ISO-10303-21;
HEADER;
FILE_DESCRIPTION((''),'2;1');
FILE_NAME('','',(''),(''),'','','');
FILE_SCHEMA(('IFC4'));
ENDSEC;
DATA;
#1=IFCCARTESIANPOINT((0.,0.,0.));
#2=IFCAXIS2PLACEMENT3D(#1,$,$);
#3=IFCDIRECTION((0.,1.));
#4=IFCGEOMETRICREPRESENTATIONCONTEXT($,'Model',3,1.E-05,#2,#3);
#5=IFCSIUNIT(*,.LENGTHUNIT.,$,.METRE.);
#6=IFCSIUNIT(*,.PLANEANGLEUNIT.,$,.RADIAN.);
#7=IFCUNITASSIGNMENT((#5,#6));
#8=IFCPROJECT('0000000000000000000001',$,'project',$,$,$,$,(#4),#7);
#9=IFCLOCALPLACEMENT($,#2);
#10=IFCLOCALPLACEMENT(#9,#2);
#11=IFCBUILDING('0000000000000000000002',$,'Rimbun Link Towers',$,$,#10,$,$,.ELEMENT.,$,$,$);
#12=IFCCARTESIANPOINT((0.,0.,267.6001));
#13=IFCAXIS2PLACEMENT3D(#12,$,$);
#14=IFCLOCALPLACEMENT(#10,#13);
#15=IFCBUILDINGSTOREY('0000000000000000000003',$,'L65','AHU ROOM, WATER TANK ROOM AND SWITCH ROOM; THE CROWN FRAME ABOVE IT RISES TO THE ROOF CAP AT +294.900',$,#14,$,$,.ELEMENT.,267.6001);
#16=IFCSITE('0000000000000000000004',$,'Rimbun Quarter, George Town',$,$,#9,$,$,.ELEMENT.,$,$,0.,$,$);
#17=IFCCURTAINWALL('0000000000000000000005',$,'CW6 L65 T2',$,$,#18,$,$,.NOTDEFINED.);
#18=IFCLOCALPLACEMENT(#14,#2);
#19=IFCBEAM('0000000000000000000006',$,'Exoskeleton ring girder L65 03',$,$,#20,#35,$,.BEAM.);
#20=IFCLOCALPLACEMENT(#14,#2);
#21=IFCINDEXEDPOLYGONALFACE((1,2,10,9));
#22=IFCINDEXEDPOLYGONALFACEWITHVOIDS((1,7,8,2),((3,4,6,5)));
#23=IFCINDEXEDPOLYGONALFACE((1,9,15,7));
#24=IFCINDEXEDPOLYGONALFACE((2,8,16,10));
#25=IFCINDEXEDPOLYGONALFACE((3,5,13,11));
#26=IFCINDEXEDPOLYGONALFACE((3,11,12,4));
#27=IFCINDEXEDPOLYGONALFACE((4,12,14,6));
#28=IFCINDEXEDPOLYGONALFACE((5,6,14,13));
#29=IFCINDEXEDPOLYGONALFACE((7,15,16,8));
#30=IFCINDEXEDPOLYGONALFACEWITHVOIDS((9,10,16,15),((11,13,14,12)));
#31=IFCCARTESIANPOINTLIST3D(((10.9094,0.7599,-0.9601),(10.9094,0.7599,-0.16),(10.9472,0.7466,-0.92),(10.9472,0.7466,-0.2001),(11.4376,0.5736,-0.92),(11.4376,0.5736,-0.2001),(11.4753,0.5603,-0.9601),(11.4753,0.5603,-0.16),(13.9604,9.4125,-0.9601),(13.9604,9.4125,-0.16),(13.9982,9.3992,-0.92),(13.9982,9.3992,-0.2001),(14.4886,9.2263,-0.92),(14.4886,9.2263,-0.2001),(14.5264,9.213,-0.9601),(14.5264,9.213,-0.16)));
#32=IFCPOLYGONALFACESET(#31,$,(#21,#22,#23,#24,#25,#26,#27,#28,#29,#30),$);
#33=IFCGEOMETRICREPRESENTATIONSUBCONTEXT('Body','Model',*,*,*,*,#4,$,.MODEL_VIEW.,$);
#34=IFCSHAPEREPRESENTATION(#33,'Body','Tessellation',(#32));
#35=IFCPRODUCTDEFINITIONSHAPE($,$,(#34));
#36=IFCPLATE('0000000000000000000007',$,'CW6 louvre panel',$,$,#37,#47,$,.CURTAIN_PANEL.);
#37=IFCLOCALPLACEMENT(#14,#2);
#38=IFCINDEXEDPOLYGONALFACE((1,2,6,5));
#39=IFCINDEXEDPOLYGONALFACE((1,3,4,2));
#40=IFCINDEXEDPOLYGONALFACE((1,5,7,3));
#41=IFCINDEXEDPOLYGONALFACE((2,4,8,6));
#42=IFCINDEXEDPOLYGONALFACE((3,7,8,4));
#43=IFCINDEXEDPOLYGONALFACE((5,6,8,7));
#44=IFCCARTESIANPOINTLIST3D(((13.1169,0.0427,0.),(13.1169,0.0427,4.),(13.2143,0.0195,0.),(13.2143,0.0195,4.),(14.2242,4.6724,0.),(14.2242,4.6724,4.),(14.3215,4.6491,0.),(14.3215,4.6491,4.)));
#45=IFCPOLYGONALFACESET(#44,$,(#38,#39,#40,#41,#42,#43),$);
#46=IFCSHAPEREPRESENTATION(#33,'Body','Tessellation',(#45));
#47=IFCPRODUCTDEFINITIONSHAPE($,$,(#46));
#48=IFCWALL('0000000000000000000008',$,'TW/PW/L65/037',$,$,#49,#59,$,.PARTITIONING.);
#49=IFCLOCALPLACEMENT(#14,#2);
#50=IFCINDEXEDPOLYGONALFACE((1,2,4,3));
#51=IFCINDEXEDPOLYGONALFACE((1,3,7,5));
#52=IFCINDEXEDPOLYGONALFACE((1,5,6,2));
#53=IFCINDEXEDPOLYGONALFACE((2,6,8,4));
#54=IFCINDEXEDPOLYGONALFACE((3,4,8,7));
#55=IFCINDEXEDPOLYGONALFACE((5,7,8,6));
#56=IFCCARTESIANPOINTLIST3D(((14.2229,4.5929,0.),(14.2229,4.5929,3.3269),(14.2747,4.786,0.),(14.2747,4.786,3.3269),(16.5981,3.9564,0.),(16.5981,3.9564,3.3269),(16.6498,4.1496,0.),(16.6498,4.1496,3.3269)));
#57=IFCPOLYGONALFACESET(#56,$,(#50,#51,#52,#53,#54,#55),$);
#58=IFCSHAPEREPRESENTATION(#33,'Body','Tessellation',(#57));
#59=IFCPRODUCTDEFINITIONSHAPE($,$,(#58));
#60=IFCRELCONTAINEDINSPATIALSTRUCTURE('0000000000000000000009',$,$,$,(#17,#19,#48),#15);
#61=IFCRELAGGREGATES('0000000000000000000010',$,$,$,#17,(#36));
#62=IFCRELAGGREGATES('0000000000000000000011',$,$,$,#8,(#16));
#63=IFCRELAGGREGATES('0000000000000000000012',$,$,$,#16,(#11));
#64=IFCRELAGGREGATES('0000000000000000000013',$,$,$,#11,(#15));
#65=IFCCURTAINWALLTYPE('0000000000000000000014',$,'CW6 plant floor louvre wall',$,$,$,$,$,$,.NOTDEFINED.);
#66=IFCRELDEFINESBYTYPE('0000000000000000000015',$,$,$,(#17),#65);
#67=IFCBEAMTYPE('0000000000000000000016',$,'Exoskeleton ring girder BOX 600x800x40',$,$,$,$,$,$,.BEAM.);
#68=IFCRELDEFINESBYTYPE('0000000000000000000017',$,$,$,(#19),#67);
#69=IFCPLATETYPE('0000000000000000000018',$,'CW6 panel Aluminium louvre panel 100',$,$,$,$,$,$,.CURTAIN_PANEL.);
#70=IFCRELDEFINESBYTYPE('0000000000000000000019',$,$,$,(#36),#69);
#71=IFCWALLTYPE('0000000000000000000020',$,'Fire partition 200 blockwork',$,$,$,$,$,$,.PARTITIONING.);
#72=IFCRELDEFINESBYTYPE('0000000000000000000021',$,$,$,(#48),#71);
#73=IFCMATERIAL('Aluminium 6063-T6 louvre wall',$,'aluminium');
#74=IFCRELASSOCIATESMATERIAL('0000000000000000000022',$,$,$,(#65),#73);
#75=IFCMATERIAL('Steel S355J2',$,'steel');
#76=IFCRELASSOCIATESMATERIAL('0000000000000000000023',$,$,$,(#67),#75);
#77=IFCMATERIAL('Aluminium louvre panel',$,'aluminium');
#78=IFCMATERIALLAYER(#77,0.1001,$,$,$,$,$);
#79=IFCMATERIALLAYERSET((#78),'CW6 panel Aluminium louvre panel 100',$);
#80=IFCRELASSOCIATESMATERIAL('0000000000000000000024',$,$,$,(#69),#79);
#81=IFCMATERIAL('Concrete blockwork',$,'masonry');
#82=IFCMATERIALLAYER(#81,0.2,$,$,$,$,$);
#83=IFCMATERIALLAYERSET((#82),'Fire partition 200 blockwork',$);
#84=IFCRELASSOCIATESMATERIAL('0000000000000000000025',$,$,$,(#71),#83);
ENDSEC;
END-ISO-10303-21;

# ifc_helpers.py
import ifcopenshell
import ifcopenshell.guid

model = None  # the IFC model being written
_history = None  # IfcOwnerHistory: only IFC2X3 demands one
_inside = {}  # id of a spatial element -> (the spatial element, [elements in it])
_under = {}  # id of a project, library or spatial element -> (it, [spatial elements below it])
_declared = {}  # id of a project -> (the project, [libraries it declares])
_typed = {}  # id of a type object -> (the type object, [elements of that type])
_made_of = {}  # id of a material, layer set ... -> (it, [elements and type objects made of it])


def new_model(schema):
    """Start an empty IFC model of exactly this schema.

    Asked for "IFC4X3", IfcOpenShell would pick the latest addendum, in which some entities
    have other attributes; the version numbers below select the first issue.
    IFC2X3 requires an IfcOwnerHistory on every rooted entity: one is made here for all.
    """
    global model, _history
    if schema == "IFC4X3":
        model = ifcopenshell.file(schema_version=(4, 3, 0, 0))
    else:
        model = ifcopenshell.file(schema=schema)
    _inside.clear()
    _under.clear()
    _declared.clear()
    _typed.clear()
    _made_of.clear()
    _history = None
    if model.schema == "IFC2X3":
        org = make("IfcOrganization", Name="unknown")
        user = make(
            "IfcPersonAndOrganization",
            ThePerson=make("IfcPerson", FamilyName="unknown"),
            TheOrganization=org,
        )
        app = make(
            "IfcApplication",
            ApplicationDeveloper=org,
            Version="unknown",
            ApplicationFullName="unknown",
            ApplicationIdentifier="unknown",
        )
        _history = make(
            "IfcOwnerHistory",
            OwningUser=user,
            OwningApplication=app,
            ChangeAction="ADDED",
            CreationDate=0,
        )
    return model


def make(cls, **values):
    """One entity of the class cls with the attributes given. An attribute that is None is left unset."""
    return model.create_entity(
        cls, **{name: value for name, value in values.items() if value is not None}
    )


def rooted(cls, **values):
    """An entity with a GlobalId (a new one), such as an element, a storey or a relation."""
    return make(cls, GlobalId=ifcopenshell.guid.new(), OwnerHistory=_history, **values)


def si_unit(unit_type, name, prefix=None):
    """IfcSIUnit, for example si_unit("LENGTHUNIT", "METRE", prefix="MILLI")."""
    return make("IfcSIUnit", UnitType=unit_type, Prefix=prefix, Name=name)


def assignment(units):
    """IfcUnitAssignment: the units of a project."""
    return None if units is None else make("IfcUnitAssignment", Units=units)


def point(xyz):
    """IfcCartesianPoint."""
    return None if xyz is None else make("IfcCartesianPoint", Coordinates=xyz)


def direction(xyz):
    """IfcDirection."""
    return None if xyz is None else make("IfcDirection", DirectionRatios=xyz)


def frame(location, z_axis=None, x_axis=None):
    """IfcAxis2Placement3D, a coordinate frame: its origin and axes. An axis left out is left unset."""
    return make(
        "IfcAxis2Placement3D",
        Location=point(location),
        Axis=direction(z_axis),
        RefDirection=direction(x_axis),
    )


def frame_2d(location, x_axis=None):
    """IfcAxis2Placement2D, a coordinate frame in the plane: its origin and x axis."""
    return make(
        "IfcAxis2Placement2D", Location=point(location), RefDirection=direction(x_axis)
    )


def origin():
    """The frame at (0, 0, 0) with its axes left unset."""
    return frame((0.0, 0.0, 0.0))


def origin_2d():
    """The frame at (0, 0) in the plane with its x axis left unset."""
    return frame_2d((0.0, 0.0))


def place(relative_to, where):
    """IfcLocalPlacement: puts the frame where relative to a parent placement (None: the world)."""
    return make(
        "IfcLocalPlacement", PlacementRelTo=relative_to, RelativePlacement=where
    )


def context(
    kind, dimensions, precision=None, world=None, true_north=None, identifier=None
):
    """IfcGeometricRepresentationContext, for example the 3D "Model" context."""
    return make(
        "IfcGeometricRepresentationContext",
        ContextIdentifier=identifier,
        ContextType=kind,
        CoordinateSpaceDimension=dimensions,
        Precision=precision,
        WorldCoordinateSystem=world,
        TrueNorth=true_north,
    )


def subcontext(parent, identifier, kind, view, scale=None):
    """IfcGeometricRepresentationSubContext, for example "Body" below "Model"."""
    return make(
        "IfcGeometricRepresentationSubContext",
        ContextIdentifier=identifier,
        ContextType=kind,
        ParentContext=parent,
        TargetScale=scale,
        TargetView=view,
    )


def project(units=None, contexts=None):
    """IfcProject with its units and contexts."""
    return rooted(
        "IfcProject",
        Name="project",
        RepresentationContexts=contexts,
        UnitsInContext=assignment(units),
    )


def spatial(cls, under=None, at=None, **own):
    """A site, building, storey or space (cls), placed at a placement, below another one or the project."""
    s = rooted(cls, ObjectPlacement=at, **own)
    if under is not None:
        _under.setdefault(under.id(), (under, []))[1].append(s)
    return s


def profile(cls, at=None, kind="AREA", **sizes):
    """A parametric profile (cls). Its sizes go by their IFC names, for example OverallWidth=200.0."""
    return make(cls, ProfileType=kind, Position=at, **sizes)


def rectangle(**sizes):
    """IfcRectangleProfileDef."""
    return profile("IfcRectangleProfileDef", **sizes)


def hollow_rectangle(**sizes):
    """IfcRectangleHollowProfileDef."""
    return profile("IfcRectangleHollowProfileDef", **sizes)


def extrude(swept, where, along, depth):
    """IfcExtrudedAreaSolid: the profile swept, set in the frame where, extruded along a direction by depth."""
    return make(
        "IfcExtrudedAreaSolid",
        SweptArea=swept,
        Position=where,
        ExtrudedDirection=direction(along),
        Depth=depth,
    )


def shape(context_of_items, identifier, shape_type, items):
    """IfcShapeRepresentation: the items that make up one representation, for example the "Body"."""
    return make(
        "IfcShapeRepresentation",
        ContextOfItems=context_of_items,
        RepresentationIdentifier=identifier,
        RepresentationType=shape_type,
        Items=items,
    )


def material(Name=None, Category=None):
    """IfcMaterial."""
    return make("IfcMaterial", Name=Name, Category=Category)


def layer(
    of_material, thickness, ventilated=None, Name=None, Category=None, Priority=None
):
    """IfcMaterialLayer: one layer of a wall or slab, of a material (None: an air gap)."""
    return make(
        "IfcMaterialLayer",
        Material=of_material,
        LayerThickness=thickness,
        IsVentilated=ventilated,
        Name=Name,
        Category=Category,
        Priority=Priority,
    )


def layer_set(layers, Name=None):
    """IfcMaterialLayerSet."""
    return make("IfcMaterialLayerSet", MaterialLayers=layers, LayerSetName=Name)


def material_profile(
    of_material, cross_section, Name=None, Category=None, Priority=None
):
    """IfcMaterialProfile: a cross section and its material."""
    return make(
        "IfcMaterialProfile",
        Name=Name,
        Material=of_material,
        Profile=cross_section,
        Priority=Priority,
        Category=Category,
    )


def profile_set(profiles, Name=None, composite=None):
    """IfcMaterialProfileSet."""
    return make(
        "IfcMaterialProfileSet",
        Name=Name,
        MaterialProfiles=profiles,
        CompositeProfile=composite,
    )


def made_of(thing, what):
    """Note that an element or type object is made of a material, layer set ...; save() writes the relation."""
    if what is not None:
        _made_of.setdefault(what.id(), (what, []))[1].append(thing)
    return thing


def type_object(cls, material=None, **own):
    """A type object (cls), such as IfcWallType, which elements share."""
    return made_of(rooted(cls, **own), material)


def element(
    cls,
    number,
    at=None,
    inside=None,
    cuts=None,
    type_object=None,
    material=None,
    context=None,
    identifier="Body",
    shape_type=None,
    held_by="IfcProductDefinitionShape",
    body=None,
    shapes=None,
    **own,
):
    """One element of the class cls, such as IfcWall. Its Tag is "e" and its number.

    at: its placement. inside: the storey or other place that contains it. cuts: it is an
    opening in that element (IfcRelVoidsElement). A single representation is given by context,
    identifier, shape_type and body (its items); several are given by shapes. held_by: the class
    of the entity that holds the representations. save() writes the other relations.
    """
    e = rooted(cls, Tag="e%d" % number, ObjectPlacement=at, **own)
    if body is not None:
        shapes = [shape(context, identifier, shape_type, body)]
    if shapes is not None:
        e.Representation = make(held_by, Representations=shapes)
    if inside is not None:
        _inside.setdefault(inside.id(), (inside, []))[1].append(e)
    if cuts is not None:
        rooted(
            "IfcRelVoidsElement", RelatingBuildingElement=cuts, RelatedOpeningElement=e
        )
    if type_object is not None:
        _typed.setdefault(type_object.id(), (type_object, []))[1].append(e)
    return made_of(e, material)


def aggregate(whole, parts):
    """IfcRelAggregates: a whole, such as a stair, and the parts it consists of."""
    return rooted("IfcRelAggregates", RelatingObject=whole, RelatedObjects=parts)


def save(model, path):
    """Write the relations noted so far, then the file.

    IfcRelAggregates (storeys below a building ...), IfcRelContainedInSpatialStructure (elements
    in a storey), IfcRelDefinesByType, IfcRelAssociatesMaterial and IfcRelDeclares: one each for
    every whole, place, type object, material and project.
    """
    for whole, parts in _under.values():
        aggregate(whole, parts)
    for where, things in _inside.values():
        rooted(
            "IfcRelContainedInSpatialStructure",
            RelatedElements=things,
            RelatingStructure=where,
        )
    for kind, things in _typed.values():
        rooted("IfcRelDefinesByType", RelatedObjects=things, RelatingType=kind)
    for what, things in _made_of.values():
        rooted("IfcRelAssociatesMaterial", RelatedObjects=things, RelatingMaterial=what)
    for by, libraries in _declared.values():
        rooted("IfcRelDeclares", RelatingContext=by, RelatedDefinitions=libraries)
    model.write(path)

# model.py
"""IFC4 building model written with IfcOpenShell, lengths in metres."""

from ifc_helpers import new_model, si_unit, direction, frame, frame_2d, origin, origin_2d, place, context, subcontext, project, spatial, rectangle, hollow_rectangle, extrude, material, layer, layer_set, material_profile, profile_set, type_object, element, aggregate, save


model = new_model("IFC4")

# Units and contexts
model_context = context("Model", 3, precision=1e-05, world=origin(), true_north=direction((0.0, 1.0)))
body_context = subcontext(model_context, "Body", "Model", "MODEL_VIEW")
ifc_project = project(units=[si_unit("LENGTHUNIT", "METRE"), si_unit("PLANEANGLEUNIT", "RADIAN")], contexts=[model_context])

# Site, building, storey
site_placement = place(None, origin())
site = spatial("IfcSite", under=ifc_project, at=site_placement, Name="Rimbun Quarter, George Town", CompositionType="ELEMENT", RefElevation=0.0)
building_placement = place(site_placement, origin())
building = spatial("IfcBuilding", under=site, at=building_placement, Name="Rimbun Link Towers", CompositionType="ELEMENT")
storey_placement = place(building_placement, frame((0.0, 0.0, 267.6001)))
storey = spatial("IfcBuildingStorey", under=building, at=storey_placement, Name="L65", Description="AHU ROOM, WATER TANK ROOM AND SWITCH ROOM; THE CROWN FRAME ABOVE IT RISES TO THE ROOF CAP AT +294.900", CompositionType="ELEMENT", Elevation=267.6001)

# Curtain wall
ifc_material_1 = material(Name="Aluminium 6063-T6 louvre wall", Category="aluminium")
curtain_wall_type = type_object("IfcCurtainWallType", Name="CW6 plant floor louvre wall", PredefinedType="NOTDEFINED", material=ifc_material_1)
curtain_wall_placement = place(storey_placement, origin())
curtain_wall = element("IfcCurtainWall", 1, at=curtain_wall_placement, inside=storey, type_object=curtain_wall_type, Name="CW6 L65 T2", PredefinedType="NOTDEFINED")

# Beam
ifc_material_2 = material(Name="Steel S355J2", Category="steel")
ifc_material_profile_1 = material_profile(ifc_material_2, hollow_rectangle(XDim=0.6001, YDim=0.8, WallThickness=0.04, at=origin_2d()), Name="Exoskeleton ring girder BOX 600x800x40")
ifc_profile_set_1 = profile_set([ifc_material_profile_1], Name="Steel S355J2")
beam_type = type_object("IfcBeamType", Name="Exoskeleton ring girder BOX 600x800x40", PredefinedType="BEAM", material=ifc_profile_set_1)
beam_placement = place(storey_placement, frame((14.2434, 9.3127, -0.5601), z_axis=(-0.332546, -0.943087, 0.0), x_axis=(0.943087, -0.332546, 0.0)))
element("IfcBeam", 2, at=beam_placement, inside=storey, type_object=beam_type, Name="Exoskeleton ring girder L65 03", PredefinedType="BEAM", context=body_context, shape_type="SweptSolid", body=[
    extrude(hollow_rectangle(XDim=0.6001, YDim=0.8, WallThickness=0.04, at=origin_2d()), origin(), (0.0, 0.0, 1.0), 9.1748),
])

# Plate
ifc_material_3 = material(Name="Aluminium louvre panel", Category="aluminium")
ifc_layer_1 = layer(ifc_material_3, 0.1001)
ifc_layer_set_1 = layer_set([ifc_layer_1], Name="CW6 panel Aluminium louvre panel 100")
plate_type = type_object("IfcPlateType", Name="CW6 panel Aluminium louvre panel 100", PredefinedType="CURTAIN_PANEL", material=ifc_layer_set_1)
plate_placement = place(storey_placement, frame((13.7192, 2.3459, 0.0), z_axis=(0.0, 0.0, 1.0), x_axis=(0.232607, 0.972571, 0.0)))
plate = element("IfcPlate", 3, at=plate_placement, type_object=plate_type, Name="CW6 louvre panel", PredefinedType="CURTAIN_PANEL", context=body_context, shape_type="SweptSolid", body=[
    extrude(rectangle(XDim=4.7603, YDim=0.1001, at=origin_2d()), origin(), (0.0, 0.0, 1.0), 4.0),
])
aggregate(curtain_wall, [plate])

# Wall
ifc_material_4 = material(Name="Concrete blockwork", Category="masonry")
ifc_layer_2 = layer(ifc_material_4, 0.2)
ifc_layer_set_2 = layer_set([ifc_layer_2], Name="Fire partition 200 blockwork")
wall_type = type_object("IfcWallType", Name="Fire partition 200 blockwork", PredefinedType="PARTITIONING", material=ifc_layer_set_2)
wall_placement = place(storey_placement, frame((14.2488, 4.6895, 0.0), z_axis=(0.0, 0.0, 1.0), x_axis=(0.965923, -0.25883, 0.0)))
element("IfcWall", 4, at=wall_placement, inside=storey, type_object=wall_type, Name="TW/PW/L65/037", PredefinedType="PARTITIONING", context=body_context, shape_type="SweptSolid", body=[
    extrude(rectangle(XDim=2.459, YDim=0.2, at=frame_2d((1.2295, 0.0))), origin(), (0.0, 0.0, 1.0), 3.3269),
])

save(model, "model.ifc")
